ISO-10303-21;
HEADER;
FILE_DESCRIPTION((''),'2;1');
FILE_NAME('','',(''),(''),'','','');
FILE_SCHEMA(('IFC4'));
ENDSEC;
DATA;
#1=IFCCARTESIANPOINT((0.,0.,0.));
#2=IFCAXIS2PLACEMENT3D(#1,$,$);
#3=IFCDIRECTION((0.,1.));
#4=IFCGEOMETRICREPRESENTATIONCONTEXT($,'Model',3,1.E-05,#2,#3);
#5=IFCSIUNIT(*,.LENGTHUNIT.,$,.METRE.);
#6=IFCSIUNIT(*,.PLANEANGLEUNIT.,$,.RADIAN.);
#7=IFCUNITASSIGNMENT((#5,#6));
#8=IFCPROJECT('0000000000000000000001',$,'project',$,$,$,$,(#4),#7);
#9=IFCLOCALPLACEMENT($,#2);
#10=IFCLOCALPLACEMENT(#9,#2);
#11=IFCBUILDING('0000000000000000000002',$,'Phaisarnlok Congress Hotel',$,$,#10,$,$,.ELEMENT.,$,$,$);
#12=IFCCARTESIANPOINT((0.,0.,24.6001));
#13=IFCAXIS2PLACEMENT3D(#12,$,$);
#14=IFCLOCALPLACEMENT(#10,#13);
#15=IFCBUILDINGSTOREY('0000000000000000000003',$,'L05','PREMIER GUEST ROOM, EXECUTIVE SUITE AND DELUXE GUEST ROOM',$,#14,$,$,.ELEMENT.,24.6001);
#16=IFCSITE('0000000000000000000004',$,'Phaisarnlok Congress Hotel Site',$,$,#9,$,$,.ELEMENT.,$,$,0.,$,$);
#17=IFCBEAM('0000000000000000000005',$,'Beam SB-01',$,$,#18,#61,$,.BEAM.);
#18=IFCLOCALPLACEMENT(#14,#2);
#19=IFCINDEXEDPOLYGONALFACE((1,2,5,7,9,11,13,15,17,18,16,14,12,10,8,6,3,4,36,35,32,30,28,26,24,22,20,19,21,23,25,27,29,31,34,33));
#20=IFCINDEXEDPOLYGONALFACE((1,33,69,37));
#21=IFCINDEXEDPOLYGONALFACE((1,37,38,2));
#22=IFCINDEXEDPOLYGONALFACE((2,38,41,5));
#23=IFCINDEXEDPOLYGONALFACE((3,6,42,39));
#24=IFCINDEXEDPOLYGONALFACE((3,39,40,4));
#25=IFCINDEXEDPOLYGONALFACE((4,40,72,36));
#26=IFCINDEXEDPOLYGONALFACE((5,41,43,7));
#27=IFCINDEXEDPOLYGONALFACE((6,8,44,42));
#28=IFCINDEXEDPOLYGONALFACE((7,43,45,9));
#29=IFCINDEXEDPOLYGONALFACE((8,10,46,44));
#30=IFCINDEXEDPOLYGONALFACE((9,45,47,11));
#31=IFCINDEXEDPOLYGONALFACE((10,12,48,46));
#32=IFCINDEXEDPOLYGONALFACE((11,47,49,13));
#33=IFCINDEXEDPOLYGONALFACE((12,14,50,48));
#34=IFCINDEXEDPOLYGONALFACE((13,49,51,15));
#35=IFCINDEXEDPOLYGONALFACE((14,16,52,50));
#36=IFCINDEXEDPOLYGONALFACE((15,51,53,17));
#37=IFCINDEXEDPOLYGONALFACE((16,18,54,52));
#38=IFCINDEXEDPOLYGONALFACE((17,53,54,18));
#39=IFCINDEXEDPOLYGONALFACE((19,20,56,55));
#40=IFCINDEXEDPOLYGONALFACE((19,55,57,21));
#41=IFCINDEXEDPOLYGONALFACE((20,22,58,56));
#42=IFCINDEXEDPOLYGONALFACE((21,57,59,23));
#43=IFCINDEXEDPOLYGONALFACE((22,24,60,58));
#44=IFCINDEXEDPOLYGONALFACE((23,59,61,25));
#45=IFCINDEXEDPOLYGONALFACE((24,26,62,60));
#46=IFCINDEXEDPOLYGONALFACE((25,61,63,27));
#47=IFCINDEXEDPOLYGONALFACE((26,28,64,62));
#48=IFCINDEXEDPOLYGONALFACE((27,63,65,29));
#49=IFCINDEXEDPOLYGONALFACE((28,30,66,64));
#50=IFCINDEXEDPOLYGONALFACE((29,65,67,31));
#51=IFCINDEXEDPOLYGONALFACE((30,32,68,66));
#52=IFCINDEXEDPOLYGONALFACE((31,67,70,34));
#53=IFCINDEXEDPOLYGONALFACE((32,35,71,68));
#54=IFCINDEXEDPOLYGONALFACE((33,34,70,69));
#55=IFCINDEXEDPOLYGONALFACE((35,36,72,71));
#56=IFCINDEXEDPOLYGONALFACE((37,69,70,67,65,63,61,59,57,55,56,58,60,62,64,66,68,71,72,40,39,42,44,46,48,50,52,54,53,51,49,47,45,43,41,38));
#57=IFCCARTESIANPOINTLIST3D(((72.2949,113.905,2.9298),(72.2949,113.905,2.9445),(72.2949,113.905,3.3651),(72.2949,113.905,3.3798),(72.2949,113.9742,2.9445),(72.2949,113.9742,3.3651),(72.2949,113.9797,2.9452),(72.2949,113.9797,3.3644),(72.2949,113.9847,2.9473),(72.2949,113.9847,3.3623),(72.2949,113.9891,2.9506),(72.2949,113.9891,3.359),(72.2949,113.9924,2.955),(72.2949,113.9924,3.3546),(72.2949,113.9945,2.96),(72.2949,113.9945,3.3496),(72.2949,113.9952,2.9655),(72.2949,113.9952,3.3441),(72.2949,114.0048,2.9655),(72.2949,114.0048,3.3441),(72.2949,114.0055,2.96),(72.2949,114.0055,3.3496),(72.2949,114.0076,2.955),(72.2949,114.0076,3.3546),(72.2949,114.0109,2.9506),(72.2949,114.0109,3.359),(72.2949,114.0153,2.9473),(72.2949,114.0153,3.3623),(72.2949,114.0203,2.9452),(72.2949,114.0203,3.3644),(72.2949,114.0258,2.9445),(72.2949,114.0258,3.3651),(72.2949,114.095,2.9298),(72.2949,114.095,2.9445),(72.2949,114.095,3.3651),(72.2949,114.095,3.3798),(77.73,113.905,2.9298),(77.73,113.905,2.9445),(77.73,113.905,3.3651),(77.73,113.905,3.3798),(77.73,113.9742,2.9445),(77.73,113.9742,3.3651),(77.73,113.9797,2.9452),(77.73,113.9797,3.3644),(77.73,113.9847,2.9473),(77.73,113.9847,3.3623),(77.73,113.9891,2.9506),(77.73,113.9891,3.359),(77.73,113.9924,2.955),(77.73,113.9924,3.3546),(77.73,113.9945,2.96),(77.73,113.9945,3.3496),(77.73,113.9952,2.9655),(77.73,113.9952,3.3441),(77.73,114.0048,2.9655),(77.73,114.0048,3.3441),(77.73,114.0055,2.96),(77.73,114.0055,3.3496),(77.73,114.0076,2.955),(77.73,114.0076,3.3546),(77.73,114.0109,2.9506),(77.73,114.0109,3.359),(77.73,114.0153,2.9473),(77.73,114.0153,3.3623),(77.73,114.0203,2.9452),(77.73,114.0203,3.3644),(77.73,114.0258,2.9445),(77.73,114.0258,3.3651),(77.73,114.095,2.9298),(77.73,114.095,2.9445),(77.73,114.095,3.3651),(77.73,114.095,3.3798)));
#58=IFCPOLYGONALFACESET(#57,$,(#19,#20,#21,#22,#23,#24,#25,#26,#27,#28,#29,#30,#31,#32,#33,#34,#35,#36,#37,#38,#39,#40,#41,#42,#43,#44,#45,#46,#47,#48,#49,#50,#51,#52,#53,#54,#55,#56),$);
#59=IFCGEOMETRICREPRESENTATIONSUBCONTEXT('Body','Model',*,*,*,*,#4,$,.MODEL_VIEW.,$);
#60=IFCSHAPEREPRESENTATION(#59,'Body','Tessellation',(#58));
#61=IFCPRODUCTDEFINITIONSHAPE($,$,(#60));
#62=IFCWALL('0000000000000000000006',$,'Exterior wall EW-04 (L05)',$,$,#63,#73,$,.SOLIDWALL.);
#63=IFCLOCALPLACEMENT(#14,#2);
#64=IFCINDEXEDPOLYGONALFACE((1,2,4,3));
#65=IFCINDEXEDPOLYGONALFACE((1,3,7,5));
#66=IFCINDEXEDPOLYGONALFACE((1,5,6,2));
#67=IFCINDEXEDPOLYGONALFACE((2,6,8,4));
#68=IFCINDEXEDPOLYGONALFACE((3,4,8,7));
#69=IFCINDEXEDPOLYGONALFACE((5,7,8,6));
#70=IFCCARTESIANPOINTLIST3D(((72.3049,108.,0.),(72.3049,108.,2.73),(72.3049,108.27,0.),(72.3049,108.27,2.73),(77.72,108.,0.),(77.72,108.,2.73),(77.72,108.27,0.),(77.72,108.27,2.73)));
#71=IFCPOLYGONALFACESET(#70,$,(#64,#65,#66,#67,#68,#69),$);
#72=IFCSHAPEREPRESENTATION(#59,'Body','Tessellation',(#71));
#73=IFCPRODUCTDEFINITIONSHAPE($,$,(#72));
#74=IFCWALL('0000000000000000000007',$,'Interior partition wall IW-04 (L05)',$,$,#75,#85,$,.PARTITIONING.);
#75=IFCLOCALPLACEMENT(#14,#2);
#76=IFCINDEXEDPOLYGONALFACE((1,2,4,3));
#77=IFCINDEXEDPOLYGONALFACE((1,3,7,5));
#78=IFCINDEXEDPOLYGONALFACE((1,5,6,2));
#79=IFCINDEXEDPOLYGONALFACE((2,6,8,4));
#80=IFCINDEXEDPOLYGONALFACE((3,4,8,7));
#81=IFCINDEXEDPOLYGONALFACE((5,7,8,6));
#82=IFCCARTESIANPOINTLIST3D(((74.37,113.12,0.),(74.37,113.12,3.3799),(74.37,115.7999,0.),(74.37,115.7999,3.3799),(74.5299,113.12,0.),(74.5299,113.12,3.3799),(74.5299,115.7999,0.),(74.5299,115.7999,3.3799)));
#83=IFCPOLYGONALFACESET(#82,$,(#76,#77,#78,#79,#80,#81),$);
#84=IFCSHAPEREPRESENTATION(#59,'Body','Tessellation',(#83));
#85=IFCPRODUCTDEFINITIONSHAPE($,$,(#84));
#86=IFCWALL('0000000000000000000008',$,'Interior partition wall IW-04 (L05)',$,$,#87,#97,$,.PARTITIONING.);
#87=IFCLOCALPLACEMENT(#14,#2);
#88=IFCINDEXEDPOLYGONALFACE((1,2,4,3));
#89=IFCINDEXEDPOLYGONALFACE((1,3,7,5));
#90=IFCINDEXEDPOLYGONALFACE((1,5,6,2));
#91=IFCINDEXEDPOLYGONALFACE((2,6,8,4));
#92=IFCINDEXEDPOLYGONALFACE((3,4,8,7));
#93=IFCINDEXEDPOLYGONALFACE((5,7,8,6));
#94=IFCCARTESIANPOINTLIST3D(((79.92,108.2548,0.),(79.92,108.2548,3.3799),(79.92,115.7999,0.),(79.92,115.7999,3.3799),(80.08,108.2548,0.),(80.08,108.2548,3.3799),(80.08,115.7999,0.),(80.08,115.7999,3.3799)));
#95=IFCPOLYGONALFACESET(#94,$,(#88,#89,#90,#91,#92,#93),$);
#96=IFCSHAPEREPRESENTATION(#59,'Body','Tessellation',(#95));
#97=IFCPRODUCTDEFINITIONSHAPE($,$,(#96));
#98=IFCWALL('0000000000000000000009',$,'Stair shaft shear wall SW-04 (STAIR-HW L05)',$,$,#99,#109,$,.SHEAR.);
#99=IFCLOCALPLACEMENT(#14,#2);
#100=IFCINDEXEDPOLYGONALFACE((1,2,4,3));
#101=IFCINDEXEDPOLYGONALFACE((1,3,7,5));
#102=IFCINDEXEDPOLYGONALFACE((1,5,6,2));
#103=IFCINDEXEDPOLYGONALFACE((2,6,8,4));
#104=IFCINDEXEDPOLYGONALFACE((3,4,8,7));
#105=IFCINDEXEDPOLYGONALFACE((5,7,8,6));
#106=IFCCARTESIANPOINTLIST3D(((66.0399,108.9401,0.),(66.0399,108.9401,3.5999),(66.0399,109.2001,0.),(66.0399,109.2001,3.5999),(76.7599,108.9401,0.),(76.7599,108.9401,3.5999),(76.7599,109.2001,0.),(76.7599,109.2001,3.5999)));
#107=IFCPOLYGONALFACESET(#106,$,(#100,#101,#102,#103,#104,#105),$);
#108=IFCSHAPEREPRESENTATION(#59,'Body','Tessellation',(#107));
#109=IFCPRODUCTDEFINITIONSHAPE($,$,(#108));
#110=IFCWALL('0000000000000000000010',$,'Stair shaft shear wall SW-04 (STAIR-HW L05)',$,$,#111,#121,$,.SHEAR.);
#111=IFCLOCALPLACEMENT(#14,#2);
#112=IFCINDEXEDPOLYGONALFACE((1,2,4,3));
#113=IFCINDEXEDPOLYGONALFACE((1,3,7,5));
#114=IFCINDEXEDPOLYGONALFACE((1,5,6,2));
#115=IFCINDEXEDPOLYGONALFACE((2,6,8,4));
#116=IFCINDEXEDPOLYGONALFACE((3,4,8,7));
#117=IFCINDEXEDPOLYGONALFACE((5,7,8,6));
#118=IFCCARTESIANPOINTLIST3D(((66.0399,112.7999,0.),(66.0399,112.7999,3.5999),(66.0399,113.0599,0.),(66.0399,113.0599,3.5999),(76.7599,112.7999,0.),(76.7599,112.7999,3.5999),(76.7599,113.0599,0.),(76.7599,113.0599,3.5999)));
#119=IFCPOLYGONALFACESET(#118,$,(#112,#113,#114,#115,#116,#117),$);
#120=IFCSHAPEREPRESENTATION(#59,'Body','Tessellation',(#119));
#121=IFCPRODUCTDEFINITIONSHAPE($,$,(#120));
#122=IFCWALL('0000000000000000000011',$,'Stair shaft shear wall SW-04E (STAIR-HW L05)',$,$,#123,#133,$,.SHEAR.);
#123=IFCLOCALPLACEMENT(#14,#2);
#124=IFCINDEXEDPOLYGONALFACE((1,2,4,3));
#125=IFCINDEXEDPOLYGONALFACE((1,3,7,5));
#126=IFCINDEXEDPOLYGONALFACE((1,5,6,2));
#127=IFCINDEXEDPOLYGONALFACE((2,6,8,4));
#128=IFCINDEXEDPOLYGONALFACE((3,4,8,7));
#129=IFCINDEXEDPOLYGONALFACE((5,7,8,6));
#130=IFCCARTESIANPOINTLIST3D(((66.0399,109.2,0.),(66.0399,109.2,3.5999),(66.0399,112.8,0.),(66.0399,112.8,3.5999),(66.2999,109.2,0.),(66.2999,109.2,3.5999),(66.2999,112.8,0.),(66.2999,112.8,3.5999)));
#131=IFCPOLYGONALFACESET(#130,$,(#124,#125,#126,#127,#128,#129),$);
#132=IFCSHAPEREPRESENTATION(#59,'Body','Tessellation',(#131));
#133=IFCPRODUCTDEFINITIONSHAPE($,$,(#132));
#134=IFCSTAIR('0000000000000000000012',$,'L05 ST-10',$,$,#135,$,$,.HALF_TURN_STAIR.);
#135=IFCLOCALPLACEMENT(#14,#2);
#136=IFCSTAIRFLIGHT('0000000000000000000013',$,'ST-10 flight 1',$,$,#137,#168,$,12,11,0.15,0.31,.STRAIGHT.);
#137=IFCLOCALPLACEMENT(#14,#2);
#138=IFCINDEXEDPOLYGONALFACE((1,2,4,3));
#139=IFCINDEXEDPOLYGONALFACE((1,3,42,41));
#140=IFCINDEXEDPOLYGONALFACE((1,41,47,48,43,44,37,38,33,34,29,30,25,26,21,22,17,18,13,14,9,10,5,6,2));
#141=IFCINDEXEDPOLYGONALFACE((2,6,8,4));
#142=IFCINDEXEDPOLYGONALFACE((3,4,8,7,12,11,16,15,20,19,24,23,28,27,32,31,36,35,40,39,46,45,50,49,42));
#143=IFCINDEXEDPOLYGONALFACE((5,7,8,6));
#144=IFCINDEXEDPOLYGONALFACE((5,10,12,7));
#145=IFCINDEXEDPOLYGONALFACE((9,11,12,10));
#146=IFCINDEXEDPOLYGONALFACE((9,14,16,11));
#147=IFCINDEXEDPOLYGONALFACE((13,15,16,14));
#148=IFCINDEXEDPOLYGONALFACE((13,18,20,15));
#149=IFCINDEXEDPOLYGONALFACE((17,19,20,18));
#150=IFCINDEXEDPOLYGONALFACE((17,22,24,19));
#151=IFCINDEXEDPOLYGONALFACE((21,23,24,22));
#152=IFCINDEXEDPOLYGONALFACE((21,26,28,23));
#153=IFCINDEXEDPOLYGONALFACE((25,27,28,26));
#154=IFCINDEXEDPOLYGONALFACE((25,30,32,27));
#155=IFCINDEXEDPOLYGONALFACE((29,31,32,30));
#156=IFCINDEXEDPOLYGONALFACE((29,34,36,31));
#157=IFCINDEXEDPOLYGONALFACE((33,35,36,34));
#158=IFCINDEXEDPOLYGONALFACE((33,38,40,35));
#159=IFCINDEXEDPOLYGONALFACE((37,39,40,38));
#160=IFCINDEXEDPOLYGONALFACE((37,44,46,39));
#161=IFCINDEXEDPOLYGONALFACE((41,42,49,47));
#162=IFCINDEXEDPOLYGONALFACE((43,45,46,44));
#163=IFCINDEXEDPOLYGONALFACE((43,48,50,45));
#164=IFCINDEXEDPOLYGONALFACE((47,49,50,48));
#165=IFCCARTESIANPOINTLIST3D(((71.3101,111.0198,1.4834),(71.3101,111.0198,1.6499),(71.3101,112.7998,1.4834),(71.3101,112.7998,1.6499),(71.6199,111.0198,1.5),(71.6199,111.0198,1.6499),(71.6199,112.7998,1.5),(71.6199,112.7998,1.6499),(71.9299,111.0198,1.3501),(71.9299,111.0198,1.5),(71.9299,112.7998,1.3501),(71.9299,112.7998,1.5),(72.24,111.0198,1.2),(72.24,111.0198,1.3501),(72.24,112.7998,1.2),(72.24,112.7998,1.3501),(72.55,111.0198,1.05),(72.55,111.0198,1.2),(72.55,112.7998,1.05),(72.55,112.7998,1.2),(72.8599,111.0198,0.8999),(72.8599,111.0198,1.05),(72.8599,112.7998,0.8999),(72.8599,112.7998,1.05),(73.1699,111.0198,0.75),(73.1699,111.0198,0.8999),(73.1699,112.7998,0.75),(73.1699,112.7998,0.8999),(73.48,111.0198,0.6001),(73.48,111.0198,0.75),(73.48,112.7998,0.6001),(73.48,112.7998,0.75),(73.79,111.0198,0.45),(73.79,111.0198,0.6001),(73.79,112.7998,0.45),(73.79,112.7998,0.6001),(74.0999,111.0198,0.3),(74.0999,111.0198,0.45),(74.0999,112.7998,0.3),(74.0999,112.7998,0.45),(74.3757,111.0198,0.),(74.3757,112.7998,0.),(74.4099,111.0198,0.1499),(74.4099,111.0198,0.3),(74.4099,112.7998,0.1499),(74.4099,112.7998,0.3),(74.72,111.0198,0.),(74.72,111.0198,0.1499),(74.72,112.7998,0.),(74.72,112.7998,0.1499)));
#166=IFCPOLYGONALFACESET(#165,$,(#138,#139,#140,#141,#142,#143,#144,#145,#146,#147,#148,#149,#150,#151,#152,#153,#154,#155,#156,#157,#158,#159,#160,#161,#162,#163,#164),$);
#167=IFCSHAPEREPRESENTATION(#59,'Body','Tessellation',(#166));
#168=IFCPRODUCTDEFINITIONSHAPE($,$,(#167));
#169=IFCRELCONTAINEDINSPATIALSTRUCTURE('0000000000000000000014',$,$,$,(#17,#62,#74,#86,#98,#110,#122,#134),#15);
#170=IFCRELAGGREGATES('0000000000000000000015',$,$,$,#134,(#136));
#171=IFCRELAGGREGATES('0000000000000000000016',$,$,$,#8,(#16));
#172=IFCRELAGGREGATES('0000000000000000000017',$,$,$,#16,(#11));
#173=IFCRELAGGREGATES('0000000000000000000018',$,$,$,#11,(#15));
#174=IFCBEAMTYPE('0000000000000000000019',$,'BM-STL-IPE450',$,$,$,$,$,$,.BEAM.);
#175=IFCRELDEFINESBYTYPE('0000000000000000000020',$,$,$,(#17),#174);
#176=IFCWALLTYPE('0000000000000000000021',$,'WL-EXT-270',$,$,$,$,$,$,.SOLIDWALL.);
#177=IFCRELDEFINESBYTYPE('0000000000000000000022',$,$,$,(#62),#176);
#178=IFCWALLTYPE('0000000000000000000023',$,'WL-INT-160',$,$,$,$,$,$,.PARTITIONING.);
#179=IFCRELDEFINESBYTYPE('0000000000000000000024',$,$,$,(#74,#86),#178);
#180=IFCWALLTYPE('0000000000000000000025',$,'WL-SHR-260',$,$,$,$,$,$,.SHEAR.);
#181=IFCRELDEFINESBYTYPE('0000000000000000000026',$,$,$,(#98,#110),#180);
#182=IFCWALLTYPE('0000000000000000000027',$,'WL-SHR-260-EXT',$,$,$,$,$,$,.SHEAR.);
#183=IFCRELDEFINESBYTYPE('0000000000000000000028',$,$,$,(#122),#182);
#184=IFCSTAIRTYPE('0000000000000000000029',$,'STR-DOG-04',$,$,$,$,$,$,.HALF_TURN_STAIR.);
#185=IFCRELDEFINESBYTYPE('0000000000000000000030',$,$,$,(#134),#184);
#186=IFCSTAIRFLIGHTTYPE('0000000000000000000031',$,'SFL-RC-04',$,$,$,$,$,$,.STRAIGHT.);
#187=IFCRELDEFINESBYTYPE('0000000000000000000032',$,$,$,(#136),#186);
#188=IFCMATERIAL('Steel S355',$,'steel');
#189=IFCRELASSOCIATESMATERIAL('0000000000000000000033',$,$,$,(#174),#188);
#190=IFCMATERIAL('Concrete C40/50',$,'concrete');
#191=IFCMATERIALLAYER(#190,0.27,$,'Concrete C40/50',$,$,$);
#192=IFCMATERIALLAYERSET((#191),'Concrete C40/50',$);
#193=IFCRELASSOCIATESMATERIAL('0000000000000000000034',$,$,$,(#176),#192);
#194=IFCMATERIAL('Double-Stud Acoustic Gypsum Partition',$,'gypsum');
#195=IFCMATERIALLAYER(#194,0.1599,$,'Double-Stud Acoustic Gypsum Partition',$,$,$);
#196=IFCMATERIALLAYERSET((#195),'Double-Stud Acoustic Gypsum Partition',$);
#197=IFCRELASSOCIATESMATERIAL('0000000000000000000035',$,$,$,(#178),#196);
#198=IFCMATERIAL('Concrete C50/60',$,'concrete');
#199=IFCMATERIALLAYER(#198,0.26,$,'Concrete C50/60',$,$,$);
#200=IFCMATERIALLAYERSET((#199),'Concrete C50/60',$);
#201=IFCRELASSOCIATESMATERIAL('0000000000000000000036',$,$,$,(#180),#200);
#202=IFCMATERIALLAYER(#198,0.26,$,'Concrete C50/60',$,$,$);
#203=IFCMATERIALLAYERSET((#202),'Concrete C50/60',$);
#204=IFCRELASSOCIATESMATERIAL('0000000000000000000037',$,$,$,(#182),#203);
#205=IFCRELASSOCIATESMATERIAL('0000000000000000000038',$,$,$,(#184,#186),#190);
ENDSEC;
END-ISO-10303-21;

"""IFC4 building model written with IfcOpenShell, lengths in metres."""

from ifc_helpers import new_model, si_unit, direction, frame, frame_2d, origin, origin_2d, place, context, subcontext, project, spatial, polyline, rectangle, i_section, outline, extrude, material, layer, layer_set, material_profile, profile_set, type_object, element, aggregate, save


model = new_model("IFC4")

# Units and contexts
model_context = context("Model", 3, precision=1e-05, world=origin(), true_north=direction((0.0, 1.0)))
body_context = subcontext(model_context, "Body", "Model", "MODEL_VIEW")
ifc_project = project(units=[si_unit("LENGTHUNIT", "METRE"), si_unit("PLANEANGLEUNIT", "RADIAN")], contexts=[model_context])

# Site, building, storey
site_placement = place(None, origin())
site = spatial("IfcSite", under=ifc_project, at=site_placement, Name="Phaisarnlok Congress Hotel Site", CompositionType="ELEMENT", RefElevation=0.0)
building_placement = place(site_placement, origin())
building = spatial("IfcBuilding", under=site, at=building_placement, Name="Phaisarnlok Congress Hotel", CompositionType="ELEMENT")
storey_placement = place(building_placement, frame((0.0, 0.0, 24.6001)))
storey = spatial("IfcBuildingStorey", under=building, at=storey_placement, Name="L05", Description="PREMIER GUEST ROOM, EXECUTIVE SUITE AND DELUXE GUEST ROOM", CompositionType="ELEMENT", Elevation=24.6001)

# Shared definitions
ifc_material_1 = material(Name="Concrete C50/60", Category="concrete")

# Beam
ifc_material_2 = material(Name="Concrete C40/50", Category="concrete")
ifc_material_3 = material(Name="Steel S355", Category="steel")
ifc_material_profile_1 = material_profile(ifc_material_3, i_section(OverallWidth=0.1899, OverallDepth=0.45, WebThickness=0.0095, FlangeThickness=0.0146, FilletRadius=0.021, at=origin_2d()), Name="IPE 450")
ifc_profile_set_1 = profile_set([ifc_material_profile_1], Name="Steel S355")
beam_type_1 = type_object("IfcBeamType", Name="BM-STL-IPE450", PredefinedType="BEAM", material=ifc_profile_set_1)
beam_1_placement = place(storey_placement, frame((72.2949, 114.0, 3.1548), z_axis=(1.0, 0.0, 0.0), x_axis=(0.0, 1.0, 0.0)))
element("IfcBeam", 1, at=beam_1_placement, inside=storey, type_object=beam_type_1, Name="Beam SB-01", PredefinedType="BEAM", context=body_context, shape_type="SweptSolid", body=[
    extrude(i_section(OverallWidth=0.1899, OverallDepth=0.45, WebThickness=0.0095, FlangeThickness=0.0146, FilletRadius=0.021, at=origin_2d()), origin(), (0.0, 0.0, 1.0), 5.4351),
])

# Walls
ifc_layer_1 = layer(ifc_material_2, 0.27, Name="Concrete C40/50")
ifc_layer_set_1 = layer_set([ifc_layer_1], Name="Concrete C40/50")
wall_type_1 = type_object("IfcWallType", Name="WL-EXT-270", PredefinedType="SOLIDWALL", material=ifc_layer_set_1)
wall_1_placement = place(storey_placement, frame((72.3049, 108.135, 0.0), z_axis=(0.0, 0.0, 1.0), x_axis=(1.0, 0.0, 0.0)))
element("IfcWall", 2, at=wall_1_placement, inside=storey, type_object=wall_type_1, Name="Exterior wall EW-04 (L05)", PredefinedType="SOLIDWALL", context=body_context, shape_type="SweptSolid", body=[
    extrude(rectangle(XDim=5.415, YDim=0.27, at=frame_2d((2.7075, 0.0))), origin(), (0.0, 0.0, 1.0), 2.73),
])
ifc_material_4 = material(Name="Double-Stud Acoustic Gypsum Partition", Category="gypsum")
ifc_layer_2 = layer(ifc_material_4, 0.1599, Name="Double-Stud Acoustic Gypsum Partition")
ifc_layer_set_2 = layer_set([ifc_layer_2], Name="Double-Stud Acoustic Gypsum Partition")
wall_type_2 = type_object("IfcWallType", Name="WL-INT-160", PredefinedType="PARTITIONING", material=ifc_layer_set_2)
wall_2_placement = place(storey_placement, frame((74.45, 113.1201, 0.0), z_axis=(0.0, 0.0, 1.0), x_axis=(0.0, 1.0, 0.0)))
element("IfcWall", 3, at=wall_2_placement, inside=storey, type_object=wall_type_2, Name="Interior partition wall IW-04 (L05)", PredefinedType="PARTITIONING", context=body_context, shape_type="SweptSolid", body=[
    extrude(rectangle(XDim=2.6799, YDim=0.1599, at=frame_2d((1.3398, 0.0))), origin(), (0.0, 0.0, 1.0), 3.3799),
])
wall_3_placement = place(storey_placement, frame((80.0, 108.2549, 0.0), z_axis=(0.0, 0.0, 1.0), x_axis=(0.0, 1.0, 0.0)))
element("IfcWall", 4, at=wall_3_placement, inside=storey, type_object=wall_type_2, Name="Interior partition wall IW-04 (L05)", PredefinedType="PARTITIONING", context=body_context, shape_type="SweptSolid", body=[
    extrude(rectangle(XDim=7.5452, YDim=0.1599, at=frame_2d((3.7725, 0.0))), origin(), (0.0, 0.0, 1.0), 3.3799),
])
ifc_layer_3 = layer(ifc_material_1, 0.26, Name="Concrete C50/60")
ifc_layer_set_3 = layer_set([ifc_layer_3], Name="Concrete C50/60")
wall_type_3 = type_object("IfcWallType", Name="WL-SHR-260", PredefinedType="SHEAR", material=ifc_layer_set_3)
for number, where, z_axis, x_axis, name in (
    (5, (66.04, 109.0701, 0.0), (0.0, 0.0, 1.0), (1.0, 0.0, 0.0), "Stair shaft shear wall SW-04 (STAIR-HW L05)"),
    (6, (66.04, 112.9299, 0.0), (0.0, 0.0, 1.0), (1.0, 0.0, 0.0), "Stair shaft shear wall SW-04 (STAIR-HW L05)"),
):
    element("IfcWall", number, at=place(storey_placement, frame(where, z_axis=z_axis, x_axis=x_axis)), inside=storey, type_object=wall_type_3, Name=name, PredefinedType="SHEAR", context=body_context, shape_type="SweptSolid", body=[
        extrude(rectangle(XDim=10.72, YDim=0.26, at=frame_2d((5.3599, 0.0))), origin(), (0.0, 0.0, 1.0), 3.5999),
    ])

# Wall
ifc_layer_4 = layer(ifc_material_1, 0.26, Name="Concrete C50/60")
ifc_layer_set_4 = layer_set([ifc_layer_4], Name="Concrete C50/60")
wall_type_4 = type_object("IfcWallType", Name="WL-SHR-260-EXT", PredefinedType="SHEAR", material=ifc_layer_set_4)
wall_4_placement = place(storey_placement, frame((66.1699, 109.2, 0.0), z_axis=(0.0, 0.0, 1.0), x_axis=(0.0, 1.0, 0.0)))
element("IfcWall", 7, at=wall_4_placement, inside=storey, type_object=wall_type_4, Name="Stair shaft shear wall SW-04E (STAIR-HW L05)", PredefinedType="SHEAR", context=body_context, shape_type="SweptSolid", body=[
    extrude(rectangle(XDim=3.6001, YDim=0.26, at=frame_2d((1.8, 0.0))), origin(), (0.0, 0.0, 1.0), 3.5999),
])

# Stair, stair flight
stair_type = type_object("IfcStairType", Name="STR-DOG-04", PredefinedType="HALF_TURN_STAIR", material=ifc_material_2)
stair_placement = place(storey_placement, origin())
stair = element("IfcStair", 8, at=stair_placement, inside=storey, type_object=stair_type, Name="L05 ST-10", PredefinedType="HALF_TURN_STAIR")
stair_flight_type = type_object("IfcStairFlightType", Name="SFL-RC-04", PredefinedType="STRAIGHT", material=ifc_material_2)
stair_flight_1_placement = place(storey_placement, frame((74.72, 111.9099, 0.0), z_axis=(0.0, 0.0, 1.0), x_axis=(-1.0, 0.0, 0.0)))
stair_flight_1 = element("IfcStairFlight", 9, at=stair_flight_1_placement, type_object=stair_flight_type, Name="ST-10 flight 1", NumberOfRisers=12, NumberOfTreads=11, PredefinedType="STRAIGHT", RiserHeight=0.15, TreadLength=0.31, context=body_context, shape_type="SweptSolid", body=[
    extrude(outline(polyline([(0.0, 0.0), (0.0, 0.1499), (0.3101, 0.1499), (0.3101, 0.3), (0.6201, 0.3), (0.6201, 0.45), (0.9299, 0.45), (0.9299, 0.6001), (1.24, 0.6001), (1.24, 0.75), (1.55, 0.75), (1.55, 0.8999), (1.8601, 0.8999), (1.8601, 1.05), (2.1699, 1.05), (2.1699, 1.2), (2.48, 1.2), (2.48, 1.3501), (2.79, 1.3501), (2.79, 1.5), (3.1001, 1.5), (3.1001, 1.6499), (3.4099, 1.6499), (3.4099, 1.8), (3.4099, 1.4834), (0.3442, 0.0), (0.0, 0.0)])), frame((0.0, 0.8901, 0.0), z_axis=(0.0, -1.0, 0.0), x_axis=(1.0, 0.0, 0.0)), (0.0, 0.0, 1.0), 1.78),
])
aggregate(stair, [stair_flight_1])

save(model, "model.ifc")
